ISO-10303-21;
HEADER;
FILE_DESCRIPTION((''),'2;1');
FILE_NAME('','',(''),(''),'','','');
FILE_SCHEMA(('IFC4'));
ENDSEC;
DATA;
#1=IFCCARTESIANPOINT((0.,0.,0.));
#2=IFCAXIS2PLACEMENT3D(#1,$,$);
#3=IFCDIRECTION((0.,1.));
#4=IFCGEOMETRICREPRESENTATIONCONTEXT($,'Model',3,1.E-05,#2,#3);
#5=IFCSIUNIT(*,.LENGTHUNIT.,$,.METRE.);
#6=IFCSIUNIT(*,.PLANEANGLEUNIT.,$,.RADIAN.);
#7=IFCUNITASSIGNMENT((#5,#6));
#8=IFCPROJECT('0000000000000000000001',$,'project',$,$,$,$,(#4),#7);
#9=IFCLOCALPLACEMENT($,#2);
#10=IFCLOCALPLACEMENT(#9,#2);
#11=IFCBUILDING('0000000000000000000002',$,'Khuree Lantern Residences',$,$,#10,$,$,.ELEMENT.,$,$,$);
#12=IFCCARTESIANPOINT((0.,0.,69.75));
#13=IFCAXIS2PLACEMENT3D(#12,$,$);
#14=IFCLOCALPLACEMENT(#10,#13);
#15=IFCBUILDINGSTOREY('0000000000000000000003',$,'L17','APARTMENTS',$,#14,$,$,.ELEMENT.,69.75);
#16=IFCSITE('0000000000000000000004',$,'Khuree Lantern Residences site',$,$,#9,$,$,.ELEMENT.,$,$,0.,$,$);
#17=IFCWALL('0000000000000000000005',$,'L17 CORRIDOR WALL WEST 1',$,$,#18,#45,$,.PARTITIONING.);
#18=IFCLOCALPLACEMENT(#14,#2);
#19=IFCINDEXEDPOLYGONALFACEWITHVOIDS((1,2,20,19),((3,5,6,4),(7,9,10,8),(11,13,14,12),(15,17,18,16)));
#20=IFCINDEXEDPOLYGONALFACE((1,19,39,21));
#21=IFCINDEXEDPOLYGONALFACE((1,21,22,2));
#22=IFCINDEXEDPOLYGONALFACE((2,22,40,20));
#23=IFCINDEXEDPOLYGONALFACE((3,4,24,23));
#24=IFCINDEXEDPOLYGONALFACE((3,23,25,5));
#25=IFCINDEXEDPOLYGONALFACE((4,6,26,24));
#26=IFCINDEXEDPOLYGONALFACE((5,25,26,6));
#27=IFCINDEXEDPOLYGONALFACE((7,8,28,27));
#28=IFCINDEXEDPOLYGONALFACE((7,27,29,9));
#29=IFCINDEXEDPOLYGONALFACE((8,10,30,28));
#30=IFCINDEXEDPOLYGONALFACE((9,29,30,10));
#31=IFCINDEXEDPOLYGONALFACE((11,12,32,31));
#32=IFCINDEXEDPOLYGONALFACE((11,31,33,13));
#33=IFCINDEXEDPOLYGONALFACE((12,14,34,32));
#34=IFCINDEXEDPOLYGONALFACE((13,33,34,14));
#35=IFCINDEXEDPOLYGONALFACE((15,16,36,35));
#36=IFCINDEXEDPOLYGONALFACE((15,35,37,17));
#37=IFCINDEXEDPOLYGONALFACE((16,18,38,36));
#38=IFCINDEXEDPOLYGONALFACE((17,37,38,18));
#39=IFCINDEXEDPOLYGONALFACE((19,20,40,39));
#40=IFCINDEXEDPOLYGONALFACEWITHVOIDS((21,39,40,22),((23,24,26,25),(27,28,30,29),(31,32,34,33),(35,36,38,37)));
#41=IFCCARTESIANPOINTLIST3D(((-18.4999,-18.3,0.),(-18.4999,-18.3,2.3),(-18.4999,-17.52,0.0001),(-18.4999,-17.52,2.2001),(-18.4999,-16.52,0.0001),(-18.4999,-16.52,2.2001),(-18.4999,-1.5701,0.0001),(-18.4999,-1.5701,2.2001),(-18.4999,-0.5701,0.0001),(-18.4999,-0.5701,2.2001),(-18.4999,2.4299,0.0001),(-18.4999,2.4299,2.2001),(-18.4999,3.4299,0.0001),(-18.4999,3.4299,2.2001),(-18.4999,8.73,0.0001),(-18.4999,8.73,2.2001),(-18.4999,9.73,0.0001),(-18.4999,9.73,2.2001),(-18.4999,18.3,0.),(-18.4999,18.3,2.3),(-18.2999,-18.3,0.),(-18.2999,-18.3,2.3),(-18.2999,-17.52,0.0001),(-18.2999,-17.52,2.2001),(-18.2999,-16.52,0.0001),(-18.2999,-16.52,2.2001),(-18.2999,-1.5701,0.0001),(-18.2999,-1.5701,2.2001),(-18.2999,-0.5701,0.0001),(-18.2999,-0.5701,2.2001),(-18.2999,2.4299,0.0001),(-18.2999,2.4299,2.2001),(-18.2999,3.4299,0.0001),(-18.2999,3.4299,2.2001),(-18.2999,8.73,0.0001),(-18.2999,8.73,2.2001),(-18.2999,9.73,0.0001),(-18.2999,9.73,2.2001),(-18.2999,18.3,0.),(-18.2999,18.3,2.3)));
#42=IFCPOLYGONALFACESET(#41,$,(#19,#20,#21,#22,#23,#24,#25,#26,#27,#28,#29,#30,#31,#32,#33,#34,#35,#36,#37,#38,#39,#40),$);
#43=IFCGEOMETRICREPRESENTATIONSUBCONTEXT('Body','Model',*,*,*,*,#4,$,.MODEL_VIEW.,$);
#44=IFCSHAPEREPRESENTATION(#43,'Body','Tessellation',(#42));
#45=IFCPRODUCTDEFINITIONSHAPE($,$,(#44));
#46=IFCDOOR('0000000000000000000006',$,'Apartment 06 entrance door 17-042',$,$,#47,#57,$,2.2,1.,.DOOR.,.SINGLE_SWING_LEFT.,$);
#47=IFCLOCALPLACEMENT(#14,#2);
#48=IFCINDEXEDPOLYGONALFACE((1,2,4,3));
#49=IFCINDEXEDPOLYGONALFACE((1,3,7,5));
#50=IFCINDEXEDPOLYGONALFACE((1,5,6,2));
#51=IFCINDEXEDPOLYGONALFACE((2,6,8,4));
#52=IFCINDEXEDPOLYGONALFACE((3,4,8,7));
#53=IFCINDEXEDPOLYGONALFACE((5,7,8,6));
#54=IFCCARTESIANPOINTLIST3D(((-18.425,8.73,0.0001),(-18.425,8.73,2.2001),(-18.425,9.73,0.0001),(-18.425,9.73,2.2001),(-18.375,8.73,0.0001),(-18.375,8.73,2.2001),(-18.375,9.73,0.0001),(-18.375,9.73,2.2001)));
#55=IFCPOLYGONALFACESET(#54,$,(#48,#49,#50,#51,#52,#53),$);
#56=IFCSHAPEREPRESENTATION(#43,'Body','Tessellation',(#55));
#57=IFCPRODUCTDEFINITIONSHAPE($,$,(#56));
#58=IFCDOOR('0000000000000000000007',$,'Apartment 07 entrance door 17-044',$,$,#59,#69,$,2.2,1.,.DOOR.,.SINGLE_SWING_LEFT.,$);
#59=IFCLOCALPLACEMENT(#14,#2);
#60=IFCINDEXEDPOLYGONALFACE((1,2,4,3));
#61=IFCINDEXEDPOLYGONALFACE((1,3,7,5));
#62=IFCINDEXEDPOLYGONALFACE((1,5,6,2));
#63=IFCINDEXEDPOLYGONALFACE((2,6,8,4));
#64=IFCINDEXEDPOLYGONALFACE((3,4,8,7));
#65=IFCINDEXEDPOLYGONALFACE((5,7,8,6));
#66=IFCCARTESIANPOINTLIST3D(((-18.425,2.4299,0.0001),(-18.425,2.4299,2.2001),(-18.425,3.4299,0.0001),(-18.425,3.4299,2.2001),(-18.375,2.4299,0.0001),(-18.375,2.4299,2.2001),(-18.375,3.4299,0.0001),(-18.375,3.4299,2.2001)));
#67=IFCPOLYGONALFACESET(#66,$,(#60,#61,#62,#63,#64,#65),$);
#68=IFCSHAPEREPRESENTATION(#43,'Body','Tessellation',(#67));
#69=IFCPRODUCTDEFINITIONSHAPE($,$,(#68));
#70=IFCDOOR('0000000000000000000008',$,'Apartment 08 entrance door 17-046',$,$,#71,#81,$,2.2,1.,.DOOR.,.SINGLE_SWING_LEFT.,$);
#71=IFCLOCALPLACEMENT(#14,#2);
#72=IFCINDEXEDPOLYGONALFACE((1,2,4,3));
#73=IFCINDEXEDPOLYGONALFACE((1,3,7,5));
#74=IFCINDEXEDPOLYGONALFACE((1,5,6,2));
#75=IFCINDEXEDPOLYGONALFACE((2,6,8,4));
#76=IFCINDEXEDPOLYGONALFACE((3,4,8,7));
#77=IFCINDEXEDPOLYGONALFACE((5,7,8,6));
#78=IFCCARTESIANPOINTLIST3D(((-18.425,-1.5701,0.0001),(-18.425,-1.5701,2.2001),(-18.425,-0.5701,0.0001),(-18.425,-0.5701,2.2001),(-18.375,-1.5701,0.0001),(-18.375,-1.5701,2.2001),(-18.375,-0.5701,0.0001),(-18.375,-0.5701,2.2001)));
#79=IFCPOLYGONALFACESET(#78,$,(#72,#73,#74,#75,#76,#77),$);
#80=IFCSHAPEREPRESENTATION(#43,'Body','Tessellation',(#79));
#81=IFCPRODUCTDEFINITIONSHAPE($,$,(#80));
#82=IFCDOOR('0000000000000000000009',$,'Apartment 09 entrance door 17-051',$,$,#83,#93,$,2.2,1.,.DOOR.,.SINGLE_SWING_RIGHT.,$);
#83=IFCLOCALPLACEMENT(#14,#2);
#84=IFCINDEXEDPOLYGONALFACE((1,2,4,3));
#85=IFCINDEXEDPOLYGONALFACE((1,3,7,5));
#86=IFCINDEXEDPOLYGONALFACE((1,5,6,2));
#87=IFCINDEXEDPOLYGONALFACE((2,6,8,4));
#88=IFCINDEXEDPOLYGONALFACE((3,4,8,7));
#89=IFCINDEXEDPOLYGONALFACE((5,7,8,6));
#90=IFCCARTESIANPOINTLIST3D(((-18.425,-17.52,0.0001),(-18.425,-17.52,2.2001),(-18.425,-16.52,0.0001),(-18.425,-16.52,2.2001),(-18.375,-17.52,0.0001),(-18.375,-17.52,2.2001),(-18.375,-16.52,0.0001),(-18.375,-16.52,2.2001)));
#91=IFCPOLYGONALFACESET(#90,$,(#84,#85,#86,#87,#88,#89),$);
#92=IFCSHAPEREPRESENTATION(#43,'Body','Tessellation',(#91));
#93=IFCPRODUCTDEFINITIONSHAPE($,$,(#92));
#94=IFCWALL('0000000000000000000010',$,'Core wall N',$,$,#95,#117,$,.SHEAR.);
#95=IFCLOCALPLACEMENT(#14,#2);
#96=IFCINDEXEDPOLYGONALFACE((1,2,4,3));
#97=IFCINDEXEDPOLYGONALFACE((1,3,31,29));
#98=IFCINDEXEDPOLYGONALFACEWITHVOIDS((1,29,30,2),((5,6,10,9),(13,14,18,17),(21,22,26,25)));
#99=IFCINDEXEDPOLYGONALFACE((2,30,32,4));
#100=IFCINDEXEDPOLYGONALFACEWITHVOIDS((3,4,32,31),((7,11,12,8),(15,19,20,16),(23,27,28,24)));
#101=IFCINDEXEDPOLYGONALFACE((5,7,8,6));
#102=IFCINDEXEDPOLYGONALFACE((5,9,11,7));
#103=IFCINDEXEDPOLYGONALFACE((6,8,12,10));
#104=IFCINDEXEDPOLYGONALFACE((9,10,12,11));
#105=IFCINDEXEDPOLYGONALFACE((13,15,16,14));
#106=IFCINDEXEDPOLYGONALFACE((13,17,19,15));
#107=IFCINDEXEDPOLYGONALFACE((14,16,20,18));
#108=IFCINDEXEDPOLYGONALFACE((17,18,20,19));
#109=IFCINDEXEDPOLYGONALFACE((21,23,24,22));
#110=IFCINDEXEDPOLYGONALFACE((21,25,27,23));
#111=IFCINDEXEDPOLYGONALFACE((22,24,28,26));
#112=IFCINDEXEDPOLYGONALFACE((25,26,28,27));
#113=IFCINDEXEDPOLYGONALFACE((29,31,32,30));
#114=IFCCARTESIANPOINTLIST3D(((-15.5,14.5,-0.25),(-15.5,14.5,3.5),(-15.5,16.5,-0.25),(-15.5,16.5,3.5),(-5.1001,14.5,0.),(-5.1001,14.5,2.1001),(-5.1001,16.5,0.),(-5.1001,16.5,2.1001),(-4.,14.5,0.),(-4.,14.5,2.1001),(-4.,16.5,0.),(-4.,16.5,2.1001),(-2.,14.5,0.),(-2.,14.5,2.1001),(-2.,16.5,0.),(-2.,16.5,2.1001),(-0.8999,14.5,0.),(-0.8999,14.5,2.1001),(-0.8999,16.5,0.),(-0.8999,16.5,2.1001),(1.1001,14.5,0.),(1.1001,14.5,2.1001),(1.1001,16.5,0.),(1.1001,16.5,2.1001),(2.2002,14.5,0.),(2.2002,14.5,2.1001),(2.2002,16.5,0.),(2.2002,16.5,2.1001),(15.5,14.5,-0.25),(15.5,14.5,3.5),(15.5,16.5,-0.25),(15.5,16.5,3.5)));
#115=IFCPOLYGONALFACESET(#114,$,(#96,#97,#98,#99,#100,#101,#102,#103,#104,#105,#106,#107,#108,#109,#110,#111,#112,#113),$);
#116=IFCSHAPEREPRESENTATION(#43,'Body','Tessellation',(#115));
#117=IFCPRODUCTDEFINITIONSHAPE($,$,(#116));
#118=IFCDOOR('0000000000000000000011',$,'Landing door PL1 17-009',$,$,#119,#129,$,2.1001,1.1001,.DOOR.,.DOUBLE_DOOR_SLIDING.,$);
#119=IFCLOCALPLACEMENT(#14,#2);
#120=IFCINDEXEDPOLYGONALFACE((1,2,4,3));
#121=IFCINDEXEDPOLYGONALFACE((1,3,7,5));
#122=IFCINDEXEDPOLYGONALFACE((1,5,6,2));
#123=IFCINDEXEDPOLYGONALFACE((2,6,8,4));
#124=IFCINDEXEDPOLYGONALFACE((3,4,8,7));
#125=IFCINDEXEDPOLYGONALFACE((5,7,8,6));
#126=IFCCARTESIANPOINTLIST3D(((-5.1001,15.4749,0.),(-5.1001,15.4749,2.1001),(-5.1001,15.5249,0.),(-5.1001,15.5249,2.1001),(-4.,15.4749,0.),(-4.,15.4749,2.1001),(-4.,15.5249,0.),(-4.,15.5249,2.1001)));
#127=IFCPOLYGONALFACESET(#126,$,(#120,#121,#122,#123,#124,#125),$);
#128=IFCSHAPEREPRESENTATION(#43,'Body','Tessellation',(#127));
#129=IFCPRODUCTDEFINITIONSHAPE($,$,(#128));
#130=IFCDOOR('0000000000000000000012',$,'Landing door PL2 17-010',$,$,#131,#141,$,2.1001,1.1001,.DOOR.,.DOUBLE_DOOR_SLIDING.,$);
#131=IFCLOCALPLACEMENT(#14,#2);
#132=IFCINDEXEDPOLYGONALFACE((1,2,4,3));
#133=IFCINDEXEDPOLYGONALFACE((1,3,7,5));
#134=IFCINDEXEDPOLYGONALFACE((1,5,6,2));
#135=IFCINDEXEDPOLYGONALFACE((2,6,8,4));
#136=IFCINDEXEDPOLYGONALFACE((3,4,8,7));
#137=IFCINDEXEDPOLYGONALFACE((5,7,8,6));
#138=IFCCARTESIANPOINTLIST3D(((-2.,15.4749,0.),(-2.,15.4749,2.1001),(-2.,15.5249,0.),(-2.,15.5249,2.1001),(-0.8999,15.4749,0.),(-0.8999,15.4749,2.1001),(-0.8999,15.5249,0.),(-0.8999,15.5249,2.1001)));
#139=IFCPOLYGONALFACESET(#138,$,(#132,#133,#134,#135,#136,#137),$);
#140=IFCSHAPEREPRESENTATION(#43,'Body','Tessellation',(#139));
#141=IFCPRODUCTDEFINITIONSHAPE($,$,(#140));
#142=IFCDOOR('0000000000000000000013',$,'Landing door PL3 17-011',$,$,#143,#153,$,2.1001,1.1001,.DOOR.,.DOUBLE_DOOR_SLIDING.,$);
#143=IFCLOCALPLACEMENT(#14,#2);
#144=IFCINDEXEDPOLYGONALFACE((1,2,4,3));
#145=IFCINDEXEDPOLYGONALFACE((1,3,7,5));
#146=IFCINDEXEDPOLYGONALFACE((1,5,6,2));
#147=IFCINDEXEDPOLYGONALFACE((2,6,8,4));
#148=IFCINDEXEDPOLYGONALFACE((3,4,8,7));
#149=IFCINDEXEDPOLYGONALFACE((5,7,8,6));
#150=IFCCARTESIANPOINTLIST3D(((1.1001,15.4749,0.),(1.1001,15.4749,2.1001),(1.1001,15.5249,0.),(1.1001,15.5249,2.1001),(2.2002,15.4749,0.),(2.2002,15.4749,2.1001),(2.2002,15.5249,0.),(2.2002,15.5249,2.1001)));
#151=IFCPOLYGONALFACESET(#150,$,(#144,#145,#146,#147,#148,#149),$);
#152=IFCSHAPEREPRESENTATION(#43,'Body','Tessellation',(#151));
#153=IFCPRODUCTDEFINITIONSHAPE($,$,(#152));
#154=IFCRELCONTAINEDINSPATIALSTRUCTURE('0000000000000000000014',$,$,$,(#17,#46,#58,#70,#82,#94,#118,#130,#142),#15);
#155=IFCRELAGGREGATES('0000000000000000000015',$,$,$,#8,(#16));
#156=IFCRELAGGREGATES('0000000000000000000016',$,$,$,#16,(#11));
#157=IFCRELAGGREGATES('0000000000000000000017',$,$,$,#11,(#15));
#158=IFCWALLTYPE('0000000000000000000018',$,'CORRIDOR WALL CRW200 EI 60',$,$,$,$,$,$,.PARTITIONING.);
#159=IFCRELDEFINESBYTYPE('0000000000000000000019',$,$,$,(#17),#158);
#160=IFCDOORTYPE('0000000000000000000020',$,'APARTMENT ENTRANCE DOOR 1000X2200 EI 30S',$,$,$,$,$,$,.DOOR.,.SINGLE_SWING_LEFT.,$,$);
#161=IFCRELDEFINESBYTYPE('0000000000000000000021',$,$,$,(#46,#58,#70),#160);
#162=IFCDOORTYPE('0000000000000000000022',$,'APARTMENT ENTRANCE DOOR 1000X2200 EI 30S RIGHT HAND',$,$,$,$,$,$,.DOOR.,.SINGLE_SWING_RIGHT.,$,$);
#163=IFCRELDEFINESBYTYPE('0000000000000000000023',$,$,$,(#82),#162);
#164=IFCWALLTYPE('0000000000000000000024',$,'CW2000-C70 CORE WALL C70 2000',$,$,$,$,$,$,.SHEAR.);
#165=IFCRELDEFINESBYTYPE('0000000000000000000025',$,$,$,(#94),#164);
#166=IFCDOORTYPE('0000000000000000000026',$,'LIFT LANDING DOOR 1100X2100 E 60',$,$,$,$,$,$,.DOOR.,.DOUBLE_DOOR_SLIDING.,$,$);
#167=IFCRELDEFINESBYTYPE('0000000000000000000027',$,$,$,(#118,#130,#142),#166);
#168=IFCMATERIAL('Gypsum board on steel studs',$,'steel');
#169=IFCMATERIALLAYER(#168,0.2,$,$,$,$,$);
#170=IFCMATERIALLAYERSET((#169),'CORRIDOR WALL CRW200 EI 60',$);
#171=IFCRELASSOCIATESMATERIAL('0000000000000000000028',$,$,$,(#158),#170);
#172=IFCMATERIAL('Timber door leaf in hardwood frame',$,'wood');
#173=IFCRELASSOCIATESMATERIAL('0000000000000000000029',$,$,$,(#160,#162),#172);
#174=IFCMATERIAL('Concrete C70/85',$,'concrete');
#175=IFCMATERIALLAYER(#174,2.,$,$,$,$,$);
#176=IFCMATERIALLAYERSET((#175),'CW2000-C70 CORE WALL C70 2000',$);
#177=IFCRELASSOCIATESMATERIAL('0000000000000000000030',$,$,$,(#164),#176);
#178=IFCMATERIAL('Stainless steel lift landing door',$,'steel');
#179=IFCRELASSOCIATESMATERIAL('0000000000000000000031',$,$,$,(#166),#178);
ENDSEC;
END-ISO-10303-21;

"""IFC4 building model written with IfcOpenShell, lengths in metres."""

from ifc_helpers import new_model, si_unit, direction, frame, frame_2d, origin, place, context, subcontext, project, spatial, rectangle, extrude, material, layer, layer_set, type_object, element, fill, save


model = new_model("IFC4")

# Units and contexts
model_context = context("Model", 3, precision=1e-05, world=origin(), true_north=direction((0.0, 1.0)))
body_context = subcontext(model_context, "Body", "Model", "MODEL_VIEW")
ifc_project = project(units=[si_unit("LENGTHUNIT", "METRE"), si_unit("PLANEANGLEUNIT", "RADIAN")], contexts=[model_context])

# Site, building, storey
site_placement = place(None, origin())
site = spatial("IfcSite", under=ifc_project, at=site_placement, Name="Khuree Lantern Residences site", CompositionType="ELEMENT", RefElevation=0.0)
building_placement = place(site_placement, origin())
building = spatial("IfcBuilding", under=site, at=building_placement, Name="Khuree Lantern Residences", CompositionType="ELEMENT")
storey_placement = place(building_placement, frame((0.0, 0.0, 69.75)))
storey = spatial("IfcBuildingStorey", under=building, at=storey_placement, Name="L17", Description="APARTMENTS", CompositionType="ELEMENT", Elevation=69.75)

# Shared definitions
ifc_material_1 = material(Name="Concrete C70/85", Category="concrete")

# Shared definitions
ifc_material_2 = material(Name="Timber door leaf in hardwood frame", Category="wood")

# Shared definitions
ifc_material_3 = material(Name="Gypsum board on steel studs", Category="steel")
ifc_layer_1 = layer(ifc_material_3, 0.2)
ifc_layer_set_1 = layer_set([ifc_layer_1], Name="CORRIDOR WALL CRW200 EI 60")
wall_type_1 = type_object("IfcWallType", Name="CORRIDOR WALL CRW200 EI 60", PredefinedType="PARTITIONING", material=ifc_layer_set_1)
door_type_1 = type_object("IfcDoorType", Name="APARTMENT ENTRANCE DOOR 1000X2200 EI 30S", OperationType="SINGLE_SWING_LEFT", PredefinedType="DOOR", material=ifc_material_2)

# Walls, openings, doors
wall_1_placement = place(storey_placement, frame((-18.3999, 18.3, 0.0), z_axis=(0.0, 0.0, 1.0), x_axis=(0.0, -1.0, 0.0)))
wall_1 = element("IfcWall", 1, at=wall_1_placement, inside=storey, type_object=wall_type_1, Name="L17 CORRIDOR WALL WEST 1", PredefinedType="PARTITIONING", context=body_context, shape_type="SweptSolid", body=[
    extrude(rectangle(XDim=36.6001, YDim=0.2, at=frame_2d((18.3, 0.0))), origin(), (0.0, 0.0, 1.0), 2.3),
])
opening_1_placement = place(wall_1_placement, frame((8.5701, 0.0, 0.0)))
opening_1 = element("IfcOpeningElement", 2, at=opening_1_placement, cuts=wall_1, PredefinedType="OPENING", context=body_context, shape_type="SweptSolid", body=[
    extrude(rectangle(XDim=1.0, YDim=2.2, at=frame_2d((0.5, 1.1001))), frame((0.0, 0.1099, 0.0), z_axis=(0.0, -1.0, 0.0), x_axis=(1.0, 0.0, 0.0)), (0.0, 0.0, 1.0), 0.22),
])
opening_2_placement = place(wall_1_placement, frame((14.8701, 0.0, 0.0)))
opening_2 = element("IfcOpeningElement", 3, at=opening_2_placement, cuts=wall_1, PredefinedType="OPENING", context=body_context, shape_type="SweptSolid", body=[
    extrude(rectangle(XDim=1.0, YDim=2.2, at=frame_2d((0.5, 1.1001))), frame((0.0, 0.1099, 0.0), z_axis=(0.0, -1.0, 0.0), x_axis=(1.0, 0.0, 0.0)), (0.0, 0.0, 1.0), 0.22),
])
opening_3_placement = place(wall_1_placement, frame((18.8701, 0.0, 0.0)))
opening_3 = element("IfcOpeningElement", 4, at=opening_3_placement, cuts=wall_1, PredefinedType="OPENING", context=body_context, shape_type="SweptSolid", body=[
    extrude(rectangle(XDim=1.0, YDim=2.2, at=frame_2d((0.5, 1.1001))), frame((0.0, 0.1099, 0.0), z_axis=(0.0, -1.0, 0.0), x_axis=(1.0, 0.0, 0.0)), (0.0, 0.0, 1.0), 0.22),
])
opening_4_placement = place(wall_1_placement, frame((34.8201, 0.0, 0.0)))
opening_4 = element("IfcOpeningElement", 5, at=opening_4_placement, cuts=wall_1, PredefinedType="OPENING", context=body_context, shape_type="SweptSolid", body=[
    extrude(rectangle(XDim=1.0, YDim=2.2, at=frame_2d((0.5, 1.1001))), frame((0.0, 0.1099, 0.0), z_axis=(0.0, -1.0, 0.0), x_axis=(1.0, 0.0, 0.0)), (0.0, 0.0, 1.0), 0.22),
])
door_1_placement = place(opening_1_placement, origin())
door_1 = element("IfcDoor", 6, at=door_1_placement, inside=storey, type_object=door_type_1, Name="Apartment 06 entrance door 17-042", OperationType="SINGLE_SWING_LEFT", OverallHeight=2.2, OverallWidth=1.0, PredefinedType="DOOR", context=body_context, shape_type="SweptSolid", body=[
    extrude(rectangle(XDim=1.0, YDim=2.2, at=frame_2d((0.5, 1.1001))), frame((0.0, 0.0249, 0.0), z_axis=(0.0, -1.0, 0.0), x_axis=(1.0, 0.0, 0.0)), (0.0, 0.0, 1.0), 0.05),
])
fill(opening_1, door_1)
door_2_placement = place(opening_2_placement, origin())
door_2 = element("IfcDoor", 7, at=door_2_placement, inside=storey, type_object=door_type_1, Name="Apartment 07 entrance door 17-044", OperationType="SINGLE_SWING_LEFT", OverallHeight=2.2, OverallWidth=1.0, PredefinedType="DOOR", context=body_context, shape_type="SweptSolid", body=[
    extrude(rectangle(XDim=1.0, YDim=2.2, at=frame_2d((0.5, 1.1001))), frame((0.0, 0.0249, 0.0), z_axis=(0.0, -1.0, 0.0), x_axis=(1.0, 0.0, 0.0)), (0.0, 0.0, 1.0), 0.05),
])
fill(opening_2, door_2)
door_3_placement = place(opening_3_placement, origin())
door_3 = element("IfcDoor", 8, at=door_3_placement, inside=storey, type_object=door_type_1, Name="Apartment 08 entrance door 17-046", OperationType="SINGLE_SWING_LEFT", OverallHeight=2.2, OverallWidth=1.0, PredefinedType="DOOR", context=body_context, shape_type="SweptSolid", body=[
    extrude(rectangle(XDim=1.0, YDim=2.2, at=frame_2d((0.5, 1.1001))), frame((0.0, 0.0249, 0.0), z_axis=(0.0, -1.0, 0.0), x_axis=(1.0, 0.0, 0.0)), (0.0, 0.0, 1.0), 0.05),
])
fill(opening_3, door_3)
door_type_2 = type_object("IfcDoorType", Name="APARTMENT ENTRANCE DOOR 1000X2200 EI 30S RIGHT HAND", OperationType="SINGLE_SWING_RIGHT", PredefinedType="DOOR", material=ifc_material_2)
door_4_placement = place(opening_4_placement, origin())
door_4 = element("IfcDoor", 9, at=door_4_placement, inside=storey, type_object=door_type_2, Name="Apartment 09 entrance door 17-051", OperationType="SINGLE_SWING_RIGHT", OverallHeight=2.2, OverallWidth=1.0, PredefinedType="DOOR", context=body_context, shape_type="SweptSolid", body=[
    extrude(rectangle(XDim=1.0, YDim=2.2, at=frame_2d((0.5, 1.1001))), frame((0.0, 0.0249, 0.0), z_axis=(0.0, -1.0, 0.0), x_axis=(1.0, 0.0, 0.0)), (0.0, 0.0, 1.0), 0.05),
])
fill(opening_4, door_4)
ifc_layer_2 = layer(ifc_material_1, 2.0)
ifc_layer_set_2 = layer_set([ifc_layer_2], Name="CW2000-C70 CORE WALL C70 2000")
wall_type_2 = type_object("IfcWallType", Name="CW2000-C70 CORE WALL C70 2000", PredefinedType="SHEAR", material=ifc_layer_set_2)
wall_2_placement = place(storey_placement, frame((-15.5, 15.5, -0.25), z_axis=(0.0, 0.0, 1.0), x_axis=(1.0, 0.0, 0.0)))
wall_2 = element("IfcWall", 10, at=wall_2_placement, inside=storey, type_object=wall_type_2, Name="Core wall N", PredefinedType="SHEAR", context=body_context, shape_type="SweptSolid", body=[
    extrude(rectangle(XDim=31.0, YDim=2.0, at=frame_2d((15.5, 0.0))), origin(), (0.0, 0.0, 1.0), 3.75),
])
opening_5_placement = place(wall_2_placement, frame((10.3999, 0.0, 0.25)))
opening_5 = element("IfcOpeningElement", 11, at=opening_5_placement, cuts=wall_2, PredefinedType="OPENING", context=body_context, shape_type="SweptSolid", body=[
    extrude(rectangle(XDim=1.1001, YDim=2.1001, at=frame_2d((0.55, 1.05))), frame((0.0, 1.01, 0.0), z_axis=(0.0, -1.0, 0.0), x_axis=(1.0, 0.0, 0.0)), (0.0, 0.0, 1.0), 2.02),
])
opening_6_placement = place(wall_2_placement, frame((13.5, 0.0, 0.25)))
opening_6 = element("IfcOpeningElement", 12, at=opening_6_placement, cuts=wall_2, PredefinedType="OPENING", context=body_context, shape_type="SweptSolid", body=[
    extrude(rectangle(XDim=1.1001, YDim=2.1001, at=frame_2d((0.55, 1.05))), frame((0.0, 1.01, 0.0), z_axis=(0.0, -1.0, 0.0), x_axis=(1.0, 0.0, 0.0)), (0.0, 0.0, 1.0), 2.02),
])
opening_7_placement = place(wall_2_placement, frame((16.6001, 0.0, 0.25)))
opening_7 = element("IfcOpeningElement", 13, at=opening_7_placement, cuts=wall_2, PredefinedType="OPENING", context=body_context, shape_type="SweptSolid", body=[
    extrude(rectangle(XDim=1.1001, YDim=2.1001, at=frame_2d((0.55, 1.05))), frame((0.0, 1.01, 0.0), z_axis=(0.0, -1.0, 0.0), x_axis=(1.0, 0.0, 0.0)), (0.0, 0.0, 1.0), 2.02),
])
ifc_material_4 = material(Name="Stainless steel lift landing door", Category="steel")
door_type_3 = type_object("IfcDoorType", Name="LIFT LANDING DOOR 1100X2100 E 60", OperationType="DOUBLE_DOOR_SLIDING", PredefinedType="DOOR", material=ifc_material_4)
door_5_placement = place(opening_5_placement, origin())
door_5 = element("IfcDoor", 14, at=door_5_placement, inside=storey, type_object=door_type_3, Name="Landing door PL1 17-009", OperationType="DOUBLE_DOOR_SLIDING", OverallHeight=2.1001, OverallWidth=1.1001, PredefinedType="DOOR", context=body_context, shape_type="SweptSolid", body=[
    extrude(rectangle(XDim=1.1001, YDim=2.1001, at=frame_2d((0.55, 1.05))), frame((0.0, 0.0249, 0.0), z_axis=(0.0, -1.0, 0.0), x_axis=(1.0, 0.0, 0.0)), (0.0, 0.0, 1.0), 0.05),
])
fill(opening_5, door_5)
door_6_placement = place(opening_6_placement, origin())
door_6 = element("IfcDoor", 15, at=door_6_placement, inside=storey, type_object=door_type_3, Name="Landing door PL2 17-010", OperationType="DOUBLE_DOOR_SLIDING", OverallHeight=2.1001, OverallWidth=1.1001, PredefinedType="DOOR", context=body_context, shape_type="SweptSolid", body=[
    extrude(rectangle(XDim=1.1001, YDim=2.1001, at=frame_2d((0.55, 1.05))), frame((0.0, 0.0249, 0.0), z_axis=(0.0, -1.0, 0.0), x_axis=(1.0, 0.0, 0.0)), (0.0, 0.0, 1.0), 0.05),
])
fill(opening_6, door_6)
door_7_placement = place(opening_7_placement, origin())
door_7 = element("IfcDoor", 16, at=door_7_placement, inside=storey, type_object=door_type_3, Name="Landing door PL3 17-011", OperationType="DOUBLE_DOOR_SLIDING", OverallHeight=2.1001, OverallWidth=1.1001, PredefinedType="DOOR", context=body_context, shape_type="SweptSolid", body=[
    extrude(rectangle(XDim=1.1001, YDim=2.1001, at=frame_2d((0.55, 1.05))), frame((0.0, 0.0249, 0.0), z_axis=(0.0, -1.0, 0.0), x_axis=(1.0, 0.0, 0.0)), (0.0, 0.0, 1.0), 0.05),
])
fill(opening_7, door_7)

save(model, "model.ifc")
